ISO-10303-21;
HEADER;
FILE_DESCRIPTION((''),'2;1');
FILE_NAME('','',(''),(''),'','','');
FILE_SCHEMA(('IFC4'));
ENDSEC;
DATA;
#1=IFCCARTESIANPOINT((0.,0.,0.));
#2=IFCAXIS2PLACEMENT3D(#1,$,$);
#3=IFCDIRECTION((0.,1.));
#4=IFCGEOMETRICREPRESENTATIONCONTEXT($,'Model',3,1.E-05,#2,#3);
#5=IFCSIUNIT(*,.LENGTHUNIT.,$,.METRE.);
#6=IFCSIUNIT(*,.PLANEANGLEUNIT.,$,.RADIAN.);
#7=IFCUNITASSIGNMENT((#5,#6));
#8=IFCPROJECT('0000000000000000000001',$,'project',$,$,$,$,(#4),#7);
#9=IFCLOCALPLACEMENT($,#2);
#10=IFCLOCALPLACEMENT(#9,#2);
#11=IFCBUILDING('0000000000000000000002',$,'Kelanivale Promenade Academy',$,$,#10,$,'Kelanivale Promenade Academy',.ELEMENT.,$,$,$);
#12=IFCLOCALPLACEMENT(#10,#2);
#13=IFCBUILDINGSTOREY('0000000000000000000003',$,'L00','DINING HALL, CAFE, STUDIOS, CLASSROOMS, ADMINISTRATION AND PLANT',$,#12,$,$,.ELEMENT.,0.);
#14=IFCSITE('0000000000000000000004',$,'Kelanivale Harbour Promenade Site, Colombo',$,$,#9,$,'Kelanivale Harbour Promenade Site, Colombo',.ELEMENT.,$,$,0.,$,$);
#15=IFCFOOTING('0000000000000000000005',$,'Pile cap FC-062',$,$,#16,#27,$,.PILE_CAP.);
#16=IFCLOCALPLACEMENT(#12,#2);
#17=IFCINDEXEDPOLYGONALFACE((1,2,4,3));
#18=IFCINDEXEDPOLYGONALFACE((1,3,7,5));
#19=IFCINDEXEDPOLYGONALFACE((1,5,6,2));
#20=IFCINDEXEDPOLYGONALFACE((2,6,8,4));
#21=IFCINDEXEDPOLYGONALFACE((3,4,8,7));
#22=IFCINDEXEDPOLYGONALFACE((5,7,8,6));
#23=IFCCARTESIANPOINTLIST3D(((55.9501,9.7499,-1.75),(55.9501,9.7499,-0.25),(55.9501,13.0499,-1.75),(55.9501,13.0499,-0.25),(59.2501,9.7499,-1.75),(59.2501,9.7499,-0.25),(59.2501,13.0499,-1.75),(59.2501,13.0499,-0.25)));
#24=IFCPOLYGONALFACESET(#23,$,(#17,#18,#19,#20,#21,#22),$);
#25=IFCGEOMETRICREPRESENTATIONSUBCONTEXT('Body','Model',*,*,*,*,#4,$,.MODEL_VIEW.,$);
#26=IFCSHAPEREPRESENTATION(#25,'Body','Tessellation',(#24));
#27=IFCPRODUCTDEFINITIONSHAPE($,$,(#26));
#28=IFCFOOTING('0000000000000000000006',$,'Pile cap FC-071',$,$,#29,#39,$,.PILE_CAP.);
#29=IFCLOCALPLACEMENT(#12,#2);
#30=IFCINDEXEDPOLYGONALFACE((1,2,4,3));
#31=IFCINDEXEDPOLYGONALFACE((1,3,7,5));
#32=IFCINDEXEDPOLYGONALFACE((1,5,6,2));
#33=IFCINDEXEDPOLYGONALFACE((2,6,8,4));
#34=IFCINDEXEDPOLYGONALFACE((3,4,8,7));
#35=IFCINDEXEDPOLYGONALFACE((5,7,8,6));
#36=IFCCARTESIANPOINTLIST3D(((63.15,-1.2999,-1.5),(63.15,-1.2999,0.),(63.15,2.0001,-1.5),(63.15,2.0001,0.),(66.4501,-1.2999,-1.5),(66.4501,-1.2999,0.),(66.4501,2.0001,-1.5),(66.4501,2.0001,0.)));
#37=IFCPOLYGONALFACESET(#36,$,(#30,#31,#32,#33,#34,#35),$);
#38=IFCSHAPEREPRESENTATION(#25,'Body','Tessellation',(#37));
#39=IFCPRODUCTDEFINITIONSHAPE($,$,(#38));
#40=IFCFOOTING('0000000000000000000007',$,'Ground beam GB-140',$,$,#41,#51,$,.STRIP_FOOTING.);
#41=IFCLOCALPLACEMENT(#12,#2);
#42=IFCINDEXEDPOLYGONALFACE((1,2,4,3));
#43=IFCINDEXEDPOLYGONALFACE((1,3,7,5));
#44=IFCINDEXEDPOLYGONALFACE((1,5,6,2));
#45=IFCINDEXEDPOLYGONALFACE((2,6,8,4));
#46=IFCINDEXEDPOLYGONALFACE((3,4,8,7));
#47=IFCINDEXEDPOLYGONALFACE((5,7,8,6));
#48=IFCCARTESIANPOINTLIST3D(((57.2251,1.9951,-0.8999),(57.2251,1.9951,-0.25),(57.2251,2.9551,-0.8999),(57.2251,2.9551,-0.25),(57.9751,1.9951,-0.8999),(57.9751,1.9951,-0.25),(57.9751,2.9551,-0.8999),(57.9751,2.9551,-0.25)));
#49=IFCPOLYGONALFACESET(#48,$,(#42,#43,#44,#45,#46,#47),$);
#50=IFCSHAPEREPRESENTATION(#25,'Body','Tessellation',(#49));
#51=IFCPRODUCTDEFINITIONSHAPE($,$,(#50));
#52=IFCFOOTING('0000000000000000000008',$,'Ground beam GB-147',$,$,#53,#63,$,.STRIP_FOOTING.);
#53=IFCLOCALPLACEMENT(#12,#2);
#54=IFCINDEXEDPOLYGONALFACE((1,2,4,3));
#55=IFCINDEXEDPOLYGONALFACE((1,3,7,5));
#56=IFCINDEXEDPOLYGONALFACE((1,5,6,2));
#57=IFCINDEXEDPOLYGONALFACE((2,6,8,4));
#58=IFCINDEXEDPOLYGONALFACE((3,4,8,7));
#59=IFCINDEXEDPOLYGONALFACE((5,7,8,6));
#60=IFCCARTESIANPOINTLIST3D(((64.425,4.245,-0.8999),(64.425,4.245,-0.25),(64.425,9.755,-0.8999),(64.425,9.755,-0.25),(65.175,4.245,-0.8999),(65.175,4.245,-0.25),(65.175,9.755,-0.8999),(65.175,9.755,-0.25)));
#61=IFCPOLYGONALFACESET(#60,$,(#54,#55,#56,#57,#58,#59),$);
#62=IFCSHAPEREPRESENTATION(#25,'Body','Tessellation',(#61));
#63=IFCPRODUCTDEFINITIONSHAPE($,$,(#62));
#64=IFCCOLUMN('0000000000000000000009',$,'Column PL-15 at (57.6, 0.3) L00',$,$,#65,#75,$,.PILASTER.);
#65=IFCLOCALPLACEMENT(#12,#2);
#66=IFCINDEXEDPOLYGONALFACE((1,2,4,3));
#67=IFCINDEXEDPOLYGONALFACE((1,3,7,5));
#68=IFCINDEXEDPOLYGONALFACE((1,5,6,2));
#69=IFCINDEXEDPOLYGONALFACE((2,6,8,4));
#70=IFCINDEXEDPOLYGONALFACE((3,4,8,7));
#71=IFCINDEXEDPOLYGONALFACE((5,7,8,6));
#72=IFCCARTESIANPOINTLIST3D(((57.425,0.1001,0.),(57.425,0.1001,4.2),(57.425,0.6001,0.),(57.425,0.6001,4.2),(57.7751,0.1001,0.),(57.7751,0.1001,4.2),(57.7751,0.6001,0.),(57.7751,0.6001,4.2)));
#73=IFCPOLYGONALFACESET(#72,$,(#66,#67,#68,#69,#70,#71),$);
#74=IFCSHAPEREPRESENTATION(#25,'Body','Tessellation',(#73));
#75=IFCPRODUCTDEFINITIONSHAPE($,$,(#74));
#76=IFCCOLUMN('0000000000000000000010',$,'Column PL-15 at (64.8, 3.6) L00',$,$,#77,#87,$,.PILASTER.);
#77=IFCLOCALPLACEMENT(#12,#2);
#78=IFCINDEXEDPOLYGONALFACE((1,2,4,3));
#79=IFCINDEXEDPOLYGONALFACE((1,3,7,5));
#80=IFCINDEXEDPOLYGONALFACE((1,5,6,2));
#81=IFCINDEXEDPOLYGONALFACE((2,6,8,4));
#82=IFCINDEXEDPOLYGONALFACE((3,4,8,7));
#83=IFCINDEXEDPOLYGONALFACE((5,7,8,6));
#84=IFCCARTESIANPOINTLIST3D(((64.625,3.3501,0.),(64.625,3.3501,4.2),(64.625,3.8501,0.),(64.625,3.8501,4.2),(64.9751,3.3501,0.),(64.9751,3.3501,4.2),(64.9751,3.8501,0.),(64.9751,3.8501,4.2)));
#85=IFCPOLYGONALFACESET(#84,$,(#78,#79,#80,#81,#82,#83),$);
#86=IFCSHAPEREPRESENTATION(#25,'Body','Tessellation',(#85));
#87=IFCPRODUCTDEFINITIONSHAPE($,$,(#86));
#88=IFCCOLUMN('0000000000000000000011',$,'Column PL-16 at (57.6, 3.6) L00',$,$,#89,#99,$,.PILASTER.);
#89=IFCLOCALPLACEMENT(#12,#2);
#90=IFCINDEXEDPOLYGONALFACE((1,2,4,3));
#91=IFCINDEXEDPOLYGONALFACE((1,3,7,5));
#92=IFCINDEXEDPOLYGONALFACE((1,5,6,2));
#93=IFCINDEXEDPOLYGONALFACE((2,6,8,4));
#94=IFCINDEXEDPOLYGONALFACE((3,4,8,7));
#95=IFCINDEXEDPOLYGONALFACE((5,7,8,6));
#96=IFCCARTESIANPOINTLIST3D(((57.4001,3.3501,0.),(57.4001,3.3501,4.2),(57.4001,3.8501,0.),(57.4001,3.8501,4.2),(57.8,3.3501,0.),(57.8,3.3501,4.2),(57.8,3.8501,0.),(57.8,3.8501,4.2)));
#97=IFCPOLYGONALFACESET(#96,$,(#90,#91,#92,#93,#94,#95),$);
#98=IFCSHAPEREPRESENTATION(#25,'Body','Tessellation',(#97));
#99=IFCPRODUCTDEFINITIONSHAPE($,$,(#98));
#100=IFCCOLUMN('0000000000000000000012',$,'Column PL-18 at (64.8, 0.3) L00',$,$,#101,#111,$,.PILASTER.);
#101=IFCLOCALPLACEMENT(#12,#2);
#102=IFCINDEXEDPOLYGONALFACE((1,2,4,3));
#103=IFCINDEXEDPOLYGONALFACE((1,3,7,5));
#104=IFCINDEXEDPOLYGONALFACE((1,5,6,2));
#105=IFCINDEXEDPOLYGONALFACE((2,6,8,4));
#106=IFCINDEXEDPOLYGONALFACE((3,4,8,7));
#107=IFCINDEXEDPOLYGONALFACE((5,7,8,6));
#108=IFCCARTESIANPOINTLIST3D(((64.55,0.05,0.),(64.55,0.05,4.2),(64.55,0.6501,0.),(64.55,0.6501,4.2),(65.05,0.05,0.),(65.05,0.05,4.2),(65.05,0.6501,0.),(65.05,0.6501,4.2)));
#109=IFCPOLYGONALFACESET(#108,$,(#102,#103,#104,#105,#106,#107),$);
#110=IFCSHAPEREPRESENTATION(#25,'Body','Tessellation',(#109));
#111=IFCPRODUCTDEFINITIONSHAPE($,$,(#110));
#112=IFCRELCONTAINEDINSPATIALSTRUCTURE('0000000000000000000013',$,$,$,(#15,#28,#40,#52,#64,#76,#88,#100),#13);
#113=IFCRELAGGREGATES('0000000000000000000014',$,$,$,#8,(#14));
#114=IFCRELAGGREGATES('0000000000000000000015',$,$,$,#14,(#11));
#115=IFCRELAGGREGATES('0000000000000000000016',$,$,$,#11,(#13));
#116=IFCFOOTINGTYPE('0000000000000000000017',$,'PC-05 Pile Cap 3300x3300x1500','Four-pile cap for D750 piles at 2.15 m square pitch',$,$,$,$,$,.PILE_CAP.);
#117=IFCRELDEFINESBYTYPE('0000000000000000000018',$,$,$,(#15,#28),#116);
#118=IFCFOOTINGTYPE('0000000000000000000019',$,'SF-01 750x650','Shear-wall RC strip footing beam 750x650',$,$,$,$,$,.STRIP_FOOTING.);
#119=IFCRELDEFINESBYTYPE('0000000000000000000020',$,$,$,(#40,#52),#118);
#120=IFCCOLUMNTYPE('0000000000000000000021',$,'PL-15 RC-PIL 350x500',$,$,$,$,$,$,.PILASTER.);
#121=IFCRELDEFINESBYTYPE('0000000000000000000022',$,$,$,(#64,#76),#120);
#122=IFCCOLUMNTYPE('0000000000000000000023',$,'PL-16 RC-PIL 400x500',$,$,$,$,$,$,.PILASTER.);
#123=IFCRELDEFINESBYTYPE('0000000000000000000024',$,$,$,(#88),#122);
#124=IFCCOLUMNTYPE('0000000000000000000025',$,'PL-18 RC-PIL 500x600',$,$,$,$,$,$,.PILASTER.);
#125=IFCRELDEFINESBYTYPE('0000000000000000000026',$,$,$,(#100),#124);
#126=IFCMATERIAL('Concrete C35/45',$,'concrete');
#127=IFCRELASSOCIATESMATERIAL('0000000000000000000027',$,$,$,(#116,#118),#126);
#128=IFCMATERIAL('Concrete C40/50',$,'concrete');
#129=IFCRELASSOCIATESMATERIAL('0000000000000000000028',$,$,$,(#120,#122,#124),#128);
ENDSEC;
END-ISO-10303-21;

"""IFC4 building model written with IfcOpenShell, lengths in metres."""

from ifc_helpers import new_model, si_unit, direction, frame, origin, origin_2d, place, context, subcontext, project, spatial, rectangle, extrude, material, material_profile, profile_set, type_object, element, save


model = new_model("IFC4")

# Units and contexts
model_context = context("Model", 3, precision=1e-05, world=origin(), true_north=direction((0.0, 1.0)))
body_context = subcontext(model_context, "Body", "Model", "MODEL_VIEW")
ifc_project = project(units=[si_unit("LENGTHUNIT", "METRE"), si_unit("PLANEANGLEUNIT", "RADIAN")], contexts=[model_context])

# Site, building, storey
site_placement = place(None, origin())
site = spatial("IfcSite", under=ifc_project, at=site_placement, Name="Kelanivale Harbour Promenade Site, Colombo", LongName="Kelanivale Harbour Promenade Site, Colombo", CompositionType="ELEMENT", RefElevation=0.0)
building_placement = place(site_placement, origin())
building = spatial("IfcBuilding", under=site, at=building_placement, Name="Kelanivale Promenade Academy", LongName="Kelanivale Promenade Academy", CompositionType="ELEMENT")
storey_placement = place(building_placement, origin())
storey = spatial("IfcBuildingStorey", under=building, at=storey_placement, Name="L00", Description="DINING HALL, CAFE, STUDIOS, CLASSROOMS, ADMINISTRATION AND PLANT", CompositionType="ELEMENT", Elevation=0.0)

# Shared definitions
ifc_material_1 = material(Name="Concrete C35/45", Category="concrete")

# Footings
footing_type_1 = type_object("IfcFootingType", Name="PC-05 Pile Cap 3300x3300x1500", Description="Four-pile cap for D750 piles at 2.15 m square pitch", PredefinedType="PILE_CAP", material=ifc_material_1)
for number, where, z_axis, x_axis, name in (
    (1, (57.6001, 11.3999, -1.75), (0.0, 0.0, 1.0), (1.0, 0.0, 0.0), "Pile cap FC-062"),
    (2, (64.8, 0.3501, -1.5), (0.0, 0.0, 1.0), (1.0, 0.0, 0.0), "Pile cap FC-071"),
):
    element("IfcFooting", number, at=place(storey_placement, frame(where, z_axis=z_axis, x_axis=x_axis)), inside=storey, type_object=footing_type_1, Name=name, PredefinedType="PILE_CAP", context=body_context, shape_type="SweptSolid", body=[
        extrude(rectangle(XDim=3.3, YDim=3.3, at=origin_2d()), origin(), (0.0, 0.0, 1.0), 1.5),
    ])
footing_type_2 = type_object("IfcFootingType", Name="SF-01 750x650", Description="Shear-wall RC strip footing beam 750x650", PredefinedType="STRIP_FOOTING", material=ifc_material_1)
footing_1_placement = place(storey_placement, frame((57.6001, 2.4751, -0.8999), z_axis=(0.0, 0.0, 1.0), x_axis=(0.0, 1.0, 0.0)))
element("IfcFooting", 3, at=footing_1_placement, inside=storey, type_object=footing_type_2, Name="Ground beam GB-140", PredefinedType="STRIP_FOOTING", context=body_context, shape_type="SweptSolid", body=[
    extrude(rectangle(XDim=0.96, YDim=0.75, at=origin_2d()), origin(), (0.0, 0.0, 1.0), 0.6499),
])
footing_2_placement = place(storey_placement, frame((64.8, 7.0, -0.8999), z_axis=(0.0, 0.0, 1.0), x_axis=(0.0, 1.0, 0.0)))
element("IfcFooting", 4, at=footing_2_placement, inside=storey, type_object=footing_type_2, Name="Ground beam GB-147", PredefinedType="STRIP_FOOTING", context=body_context, shape_type="SweptSolid", body=[
    extrude(rectangle(XDim=5.51, YDim=0.75, at=origin_2d()), origin(), (0.0, 0.0, 1.0), 0.6499),
])

# Columns
ifc_material_2 = material(Name="Concrete C40/50", Category="concrete")
ifc_material_profile_1 = material_profile(ifc_material_2, rectangle(XDim=0.3501, YDim=0.5, at=origin_2d()), Name="RC-PIL 350x500")
ifc_profile_set_1 = profile_set([ifc_material_profile_1], Name="Concrete C40/50")
column_type_1 = type_object("IfcColumnType", Name="PL-15 RC-PIL 350x500", PredefinedType="PILASTER", material=ifc_profile_set_1)
for number, where, z_axis, x_axis, name in (
    (5, (57.6001, 0.3501, 0.0), (0.0, 0.0, 1.0), (1.0, 0.0, 0.0), "Column PL-15 at (57.6, 0.3) L00"),
    (6, (64.8, 3.6001, 0.0), (0.0, 0.0, 1.0), (1.0, 0.0, 0.0), "Column PL-15 at (64.8, 3.6) L00"),
):
    element("IfcColumn", number, at=place(storey_placement, frame(where, z_axis=z_axis, x_axis=x_axis)), inside=storey, type_object=column_type_1, Name=name, PredefinedType="PILASTER", context=body_context, shape_type="SweptSolid", body=[
        extrude(rectangle(XDim=0.3501, YDim=0.5, at=origin_2d()), origin(), (0.0, 0.0, 1.0), 4.2),
    ])
ifc_material_profile_2 = material_profile(ifc_material_2, rectangle(XDim=0.3999, YDim=0.5, at=origin_2d()), Name="RC-PIL 400x500")
ifc_profile_set_2 = profile_set([ifc_material_profile_2], Name="Concrete C40/50")
column_type_2 = type_object("IfcColumnType", Name="PL-16 RC-PIL 400x500", PredefinedType="PILASTER", material=ifc_profile_set_2)
column_1_placement = place(storey_placement, frame((57.6001, 3.6001, 0.0), z_axis=(0.0, 0.0, 1.0), x_axis=(1.0, 0.0, 0.0)))
element("IfcColumn", 7, at=column_1_placement, inside=storey, type_object=column_type_2, Name="Column PL-16 at (57.6, 3.6) L00", PredefinedType="PILASTER", context=body_context, shape_type="SweptSolid", body=[
    extrude(rectangle(XDim=0.3999, YDim=0.5, at=origin_2d()), origin(), (0.0, 0.0, 1.0), 4.2),
])
ifc_material_profile_3 = material_profile(ifc_material_2, rectangle(XDim=0.5, YDim=0.6001, at=origin_2d()), Name="RC-PIL 500x600")
ifc_profile_set_3 = profile_set([ifc_material_profile_3], Name="Concrete C40/50")
column_type_3 = type_object("IfcColumnType", Name="PL-18 RC-PIL 500x600", PredefinedType="PILASTER", material=ifc_profile_set_3)
column_2_placement = place(storey_placement, frame((64.8, 0.3501, 0.0), z_axis=(0.0, 0.0, 1.0), x_axis=(1.0, 0.0, 0.0)))
element("IfcColumn", 8, at=column_2_placement, inside=storey, type_object=column_type_3, Name="Column PL-18 at (64.8, 0.3) L00", PredefinedType="PILASTER", context=body_context, shape_type="SweptSolid", body=[
    extrude(rectangle(XDim=0.5, YDim=0.6001, at=origin_2d()), origin(), (0.0, 0.0, 1.0), 4.2),
])

save(model, "model.ifc")
